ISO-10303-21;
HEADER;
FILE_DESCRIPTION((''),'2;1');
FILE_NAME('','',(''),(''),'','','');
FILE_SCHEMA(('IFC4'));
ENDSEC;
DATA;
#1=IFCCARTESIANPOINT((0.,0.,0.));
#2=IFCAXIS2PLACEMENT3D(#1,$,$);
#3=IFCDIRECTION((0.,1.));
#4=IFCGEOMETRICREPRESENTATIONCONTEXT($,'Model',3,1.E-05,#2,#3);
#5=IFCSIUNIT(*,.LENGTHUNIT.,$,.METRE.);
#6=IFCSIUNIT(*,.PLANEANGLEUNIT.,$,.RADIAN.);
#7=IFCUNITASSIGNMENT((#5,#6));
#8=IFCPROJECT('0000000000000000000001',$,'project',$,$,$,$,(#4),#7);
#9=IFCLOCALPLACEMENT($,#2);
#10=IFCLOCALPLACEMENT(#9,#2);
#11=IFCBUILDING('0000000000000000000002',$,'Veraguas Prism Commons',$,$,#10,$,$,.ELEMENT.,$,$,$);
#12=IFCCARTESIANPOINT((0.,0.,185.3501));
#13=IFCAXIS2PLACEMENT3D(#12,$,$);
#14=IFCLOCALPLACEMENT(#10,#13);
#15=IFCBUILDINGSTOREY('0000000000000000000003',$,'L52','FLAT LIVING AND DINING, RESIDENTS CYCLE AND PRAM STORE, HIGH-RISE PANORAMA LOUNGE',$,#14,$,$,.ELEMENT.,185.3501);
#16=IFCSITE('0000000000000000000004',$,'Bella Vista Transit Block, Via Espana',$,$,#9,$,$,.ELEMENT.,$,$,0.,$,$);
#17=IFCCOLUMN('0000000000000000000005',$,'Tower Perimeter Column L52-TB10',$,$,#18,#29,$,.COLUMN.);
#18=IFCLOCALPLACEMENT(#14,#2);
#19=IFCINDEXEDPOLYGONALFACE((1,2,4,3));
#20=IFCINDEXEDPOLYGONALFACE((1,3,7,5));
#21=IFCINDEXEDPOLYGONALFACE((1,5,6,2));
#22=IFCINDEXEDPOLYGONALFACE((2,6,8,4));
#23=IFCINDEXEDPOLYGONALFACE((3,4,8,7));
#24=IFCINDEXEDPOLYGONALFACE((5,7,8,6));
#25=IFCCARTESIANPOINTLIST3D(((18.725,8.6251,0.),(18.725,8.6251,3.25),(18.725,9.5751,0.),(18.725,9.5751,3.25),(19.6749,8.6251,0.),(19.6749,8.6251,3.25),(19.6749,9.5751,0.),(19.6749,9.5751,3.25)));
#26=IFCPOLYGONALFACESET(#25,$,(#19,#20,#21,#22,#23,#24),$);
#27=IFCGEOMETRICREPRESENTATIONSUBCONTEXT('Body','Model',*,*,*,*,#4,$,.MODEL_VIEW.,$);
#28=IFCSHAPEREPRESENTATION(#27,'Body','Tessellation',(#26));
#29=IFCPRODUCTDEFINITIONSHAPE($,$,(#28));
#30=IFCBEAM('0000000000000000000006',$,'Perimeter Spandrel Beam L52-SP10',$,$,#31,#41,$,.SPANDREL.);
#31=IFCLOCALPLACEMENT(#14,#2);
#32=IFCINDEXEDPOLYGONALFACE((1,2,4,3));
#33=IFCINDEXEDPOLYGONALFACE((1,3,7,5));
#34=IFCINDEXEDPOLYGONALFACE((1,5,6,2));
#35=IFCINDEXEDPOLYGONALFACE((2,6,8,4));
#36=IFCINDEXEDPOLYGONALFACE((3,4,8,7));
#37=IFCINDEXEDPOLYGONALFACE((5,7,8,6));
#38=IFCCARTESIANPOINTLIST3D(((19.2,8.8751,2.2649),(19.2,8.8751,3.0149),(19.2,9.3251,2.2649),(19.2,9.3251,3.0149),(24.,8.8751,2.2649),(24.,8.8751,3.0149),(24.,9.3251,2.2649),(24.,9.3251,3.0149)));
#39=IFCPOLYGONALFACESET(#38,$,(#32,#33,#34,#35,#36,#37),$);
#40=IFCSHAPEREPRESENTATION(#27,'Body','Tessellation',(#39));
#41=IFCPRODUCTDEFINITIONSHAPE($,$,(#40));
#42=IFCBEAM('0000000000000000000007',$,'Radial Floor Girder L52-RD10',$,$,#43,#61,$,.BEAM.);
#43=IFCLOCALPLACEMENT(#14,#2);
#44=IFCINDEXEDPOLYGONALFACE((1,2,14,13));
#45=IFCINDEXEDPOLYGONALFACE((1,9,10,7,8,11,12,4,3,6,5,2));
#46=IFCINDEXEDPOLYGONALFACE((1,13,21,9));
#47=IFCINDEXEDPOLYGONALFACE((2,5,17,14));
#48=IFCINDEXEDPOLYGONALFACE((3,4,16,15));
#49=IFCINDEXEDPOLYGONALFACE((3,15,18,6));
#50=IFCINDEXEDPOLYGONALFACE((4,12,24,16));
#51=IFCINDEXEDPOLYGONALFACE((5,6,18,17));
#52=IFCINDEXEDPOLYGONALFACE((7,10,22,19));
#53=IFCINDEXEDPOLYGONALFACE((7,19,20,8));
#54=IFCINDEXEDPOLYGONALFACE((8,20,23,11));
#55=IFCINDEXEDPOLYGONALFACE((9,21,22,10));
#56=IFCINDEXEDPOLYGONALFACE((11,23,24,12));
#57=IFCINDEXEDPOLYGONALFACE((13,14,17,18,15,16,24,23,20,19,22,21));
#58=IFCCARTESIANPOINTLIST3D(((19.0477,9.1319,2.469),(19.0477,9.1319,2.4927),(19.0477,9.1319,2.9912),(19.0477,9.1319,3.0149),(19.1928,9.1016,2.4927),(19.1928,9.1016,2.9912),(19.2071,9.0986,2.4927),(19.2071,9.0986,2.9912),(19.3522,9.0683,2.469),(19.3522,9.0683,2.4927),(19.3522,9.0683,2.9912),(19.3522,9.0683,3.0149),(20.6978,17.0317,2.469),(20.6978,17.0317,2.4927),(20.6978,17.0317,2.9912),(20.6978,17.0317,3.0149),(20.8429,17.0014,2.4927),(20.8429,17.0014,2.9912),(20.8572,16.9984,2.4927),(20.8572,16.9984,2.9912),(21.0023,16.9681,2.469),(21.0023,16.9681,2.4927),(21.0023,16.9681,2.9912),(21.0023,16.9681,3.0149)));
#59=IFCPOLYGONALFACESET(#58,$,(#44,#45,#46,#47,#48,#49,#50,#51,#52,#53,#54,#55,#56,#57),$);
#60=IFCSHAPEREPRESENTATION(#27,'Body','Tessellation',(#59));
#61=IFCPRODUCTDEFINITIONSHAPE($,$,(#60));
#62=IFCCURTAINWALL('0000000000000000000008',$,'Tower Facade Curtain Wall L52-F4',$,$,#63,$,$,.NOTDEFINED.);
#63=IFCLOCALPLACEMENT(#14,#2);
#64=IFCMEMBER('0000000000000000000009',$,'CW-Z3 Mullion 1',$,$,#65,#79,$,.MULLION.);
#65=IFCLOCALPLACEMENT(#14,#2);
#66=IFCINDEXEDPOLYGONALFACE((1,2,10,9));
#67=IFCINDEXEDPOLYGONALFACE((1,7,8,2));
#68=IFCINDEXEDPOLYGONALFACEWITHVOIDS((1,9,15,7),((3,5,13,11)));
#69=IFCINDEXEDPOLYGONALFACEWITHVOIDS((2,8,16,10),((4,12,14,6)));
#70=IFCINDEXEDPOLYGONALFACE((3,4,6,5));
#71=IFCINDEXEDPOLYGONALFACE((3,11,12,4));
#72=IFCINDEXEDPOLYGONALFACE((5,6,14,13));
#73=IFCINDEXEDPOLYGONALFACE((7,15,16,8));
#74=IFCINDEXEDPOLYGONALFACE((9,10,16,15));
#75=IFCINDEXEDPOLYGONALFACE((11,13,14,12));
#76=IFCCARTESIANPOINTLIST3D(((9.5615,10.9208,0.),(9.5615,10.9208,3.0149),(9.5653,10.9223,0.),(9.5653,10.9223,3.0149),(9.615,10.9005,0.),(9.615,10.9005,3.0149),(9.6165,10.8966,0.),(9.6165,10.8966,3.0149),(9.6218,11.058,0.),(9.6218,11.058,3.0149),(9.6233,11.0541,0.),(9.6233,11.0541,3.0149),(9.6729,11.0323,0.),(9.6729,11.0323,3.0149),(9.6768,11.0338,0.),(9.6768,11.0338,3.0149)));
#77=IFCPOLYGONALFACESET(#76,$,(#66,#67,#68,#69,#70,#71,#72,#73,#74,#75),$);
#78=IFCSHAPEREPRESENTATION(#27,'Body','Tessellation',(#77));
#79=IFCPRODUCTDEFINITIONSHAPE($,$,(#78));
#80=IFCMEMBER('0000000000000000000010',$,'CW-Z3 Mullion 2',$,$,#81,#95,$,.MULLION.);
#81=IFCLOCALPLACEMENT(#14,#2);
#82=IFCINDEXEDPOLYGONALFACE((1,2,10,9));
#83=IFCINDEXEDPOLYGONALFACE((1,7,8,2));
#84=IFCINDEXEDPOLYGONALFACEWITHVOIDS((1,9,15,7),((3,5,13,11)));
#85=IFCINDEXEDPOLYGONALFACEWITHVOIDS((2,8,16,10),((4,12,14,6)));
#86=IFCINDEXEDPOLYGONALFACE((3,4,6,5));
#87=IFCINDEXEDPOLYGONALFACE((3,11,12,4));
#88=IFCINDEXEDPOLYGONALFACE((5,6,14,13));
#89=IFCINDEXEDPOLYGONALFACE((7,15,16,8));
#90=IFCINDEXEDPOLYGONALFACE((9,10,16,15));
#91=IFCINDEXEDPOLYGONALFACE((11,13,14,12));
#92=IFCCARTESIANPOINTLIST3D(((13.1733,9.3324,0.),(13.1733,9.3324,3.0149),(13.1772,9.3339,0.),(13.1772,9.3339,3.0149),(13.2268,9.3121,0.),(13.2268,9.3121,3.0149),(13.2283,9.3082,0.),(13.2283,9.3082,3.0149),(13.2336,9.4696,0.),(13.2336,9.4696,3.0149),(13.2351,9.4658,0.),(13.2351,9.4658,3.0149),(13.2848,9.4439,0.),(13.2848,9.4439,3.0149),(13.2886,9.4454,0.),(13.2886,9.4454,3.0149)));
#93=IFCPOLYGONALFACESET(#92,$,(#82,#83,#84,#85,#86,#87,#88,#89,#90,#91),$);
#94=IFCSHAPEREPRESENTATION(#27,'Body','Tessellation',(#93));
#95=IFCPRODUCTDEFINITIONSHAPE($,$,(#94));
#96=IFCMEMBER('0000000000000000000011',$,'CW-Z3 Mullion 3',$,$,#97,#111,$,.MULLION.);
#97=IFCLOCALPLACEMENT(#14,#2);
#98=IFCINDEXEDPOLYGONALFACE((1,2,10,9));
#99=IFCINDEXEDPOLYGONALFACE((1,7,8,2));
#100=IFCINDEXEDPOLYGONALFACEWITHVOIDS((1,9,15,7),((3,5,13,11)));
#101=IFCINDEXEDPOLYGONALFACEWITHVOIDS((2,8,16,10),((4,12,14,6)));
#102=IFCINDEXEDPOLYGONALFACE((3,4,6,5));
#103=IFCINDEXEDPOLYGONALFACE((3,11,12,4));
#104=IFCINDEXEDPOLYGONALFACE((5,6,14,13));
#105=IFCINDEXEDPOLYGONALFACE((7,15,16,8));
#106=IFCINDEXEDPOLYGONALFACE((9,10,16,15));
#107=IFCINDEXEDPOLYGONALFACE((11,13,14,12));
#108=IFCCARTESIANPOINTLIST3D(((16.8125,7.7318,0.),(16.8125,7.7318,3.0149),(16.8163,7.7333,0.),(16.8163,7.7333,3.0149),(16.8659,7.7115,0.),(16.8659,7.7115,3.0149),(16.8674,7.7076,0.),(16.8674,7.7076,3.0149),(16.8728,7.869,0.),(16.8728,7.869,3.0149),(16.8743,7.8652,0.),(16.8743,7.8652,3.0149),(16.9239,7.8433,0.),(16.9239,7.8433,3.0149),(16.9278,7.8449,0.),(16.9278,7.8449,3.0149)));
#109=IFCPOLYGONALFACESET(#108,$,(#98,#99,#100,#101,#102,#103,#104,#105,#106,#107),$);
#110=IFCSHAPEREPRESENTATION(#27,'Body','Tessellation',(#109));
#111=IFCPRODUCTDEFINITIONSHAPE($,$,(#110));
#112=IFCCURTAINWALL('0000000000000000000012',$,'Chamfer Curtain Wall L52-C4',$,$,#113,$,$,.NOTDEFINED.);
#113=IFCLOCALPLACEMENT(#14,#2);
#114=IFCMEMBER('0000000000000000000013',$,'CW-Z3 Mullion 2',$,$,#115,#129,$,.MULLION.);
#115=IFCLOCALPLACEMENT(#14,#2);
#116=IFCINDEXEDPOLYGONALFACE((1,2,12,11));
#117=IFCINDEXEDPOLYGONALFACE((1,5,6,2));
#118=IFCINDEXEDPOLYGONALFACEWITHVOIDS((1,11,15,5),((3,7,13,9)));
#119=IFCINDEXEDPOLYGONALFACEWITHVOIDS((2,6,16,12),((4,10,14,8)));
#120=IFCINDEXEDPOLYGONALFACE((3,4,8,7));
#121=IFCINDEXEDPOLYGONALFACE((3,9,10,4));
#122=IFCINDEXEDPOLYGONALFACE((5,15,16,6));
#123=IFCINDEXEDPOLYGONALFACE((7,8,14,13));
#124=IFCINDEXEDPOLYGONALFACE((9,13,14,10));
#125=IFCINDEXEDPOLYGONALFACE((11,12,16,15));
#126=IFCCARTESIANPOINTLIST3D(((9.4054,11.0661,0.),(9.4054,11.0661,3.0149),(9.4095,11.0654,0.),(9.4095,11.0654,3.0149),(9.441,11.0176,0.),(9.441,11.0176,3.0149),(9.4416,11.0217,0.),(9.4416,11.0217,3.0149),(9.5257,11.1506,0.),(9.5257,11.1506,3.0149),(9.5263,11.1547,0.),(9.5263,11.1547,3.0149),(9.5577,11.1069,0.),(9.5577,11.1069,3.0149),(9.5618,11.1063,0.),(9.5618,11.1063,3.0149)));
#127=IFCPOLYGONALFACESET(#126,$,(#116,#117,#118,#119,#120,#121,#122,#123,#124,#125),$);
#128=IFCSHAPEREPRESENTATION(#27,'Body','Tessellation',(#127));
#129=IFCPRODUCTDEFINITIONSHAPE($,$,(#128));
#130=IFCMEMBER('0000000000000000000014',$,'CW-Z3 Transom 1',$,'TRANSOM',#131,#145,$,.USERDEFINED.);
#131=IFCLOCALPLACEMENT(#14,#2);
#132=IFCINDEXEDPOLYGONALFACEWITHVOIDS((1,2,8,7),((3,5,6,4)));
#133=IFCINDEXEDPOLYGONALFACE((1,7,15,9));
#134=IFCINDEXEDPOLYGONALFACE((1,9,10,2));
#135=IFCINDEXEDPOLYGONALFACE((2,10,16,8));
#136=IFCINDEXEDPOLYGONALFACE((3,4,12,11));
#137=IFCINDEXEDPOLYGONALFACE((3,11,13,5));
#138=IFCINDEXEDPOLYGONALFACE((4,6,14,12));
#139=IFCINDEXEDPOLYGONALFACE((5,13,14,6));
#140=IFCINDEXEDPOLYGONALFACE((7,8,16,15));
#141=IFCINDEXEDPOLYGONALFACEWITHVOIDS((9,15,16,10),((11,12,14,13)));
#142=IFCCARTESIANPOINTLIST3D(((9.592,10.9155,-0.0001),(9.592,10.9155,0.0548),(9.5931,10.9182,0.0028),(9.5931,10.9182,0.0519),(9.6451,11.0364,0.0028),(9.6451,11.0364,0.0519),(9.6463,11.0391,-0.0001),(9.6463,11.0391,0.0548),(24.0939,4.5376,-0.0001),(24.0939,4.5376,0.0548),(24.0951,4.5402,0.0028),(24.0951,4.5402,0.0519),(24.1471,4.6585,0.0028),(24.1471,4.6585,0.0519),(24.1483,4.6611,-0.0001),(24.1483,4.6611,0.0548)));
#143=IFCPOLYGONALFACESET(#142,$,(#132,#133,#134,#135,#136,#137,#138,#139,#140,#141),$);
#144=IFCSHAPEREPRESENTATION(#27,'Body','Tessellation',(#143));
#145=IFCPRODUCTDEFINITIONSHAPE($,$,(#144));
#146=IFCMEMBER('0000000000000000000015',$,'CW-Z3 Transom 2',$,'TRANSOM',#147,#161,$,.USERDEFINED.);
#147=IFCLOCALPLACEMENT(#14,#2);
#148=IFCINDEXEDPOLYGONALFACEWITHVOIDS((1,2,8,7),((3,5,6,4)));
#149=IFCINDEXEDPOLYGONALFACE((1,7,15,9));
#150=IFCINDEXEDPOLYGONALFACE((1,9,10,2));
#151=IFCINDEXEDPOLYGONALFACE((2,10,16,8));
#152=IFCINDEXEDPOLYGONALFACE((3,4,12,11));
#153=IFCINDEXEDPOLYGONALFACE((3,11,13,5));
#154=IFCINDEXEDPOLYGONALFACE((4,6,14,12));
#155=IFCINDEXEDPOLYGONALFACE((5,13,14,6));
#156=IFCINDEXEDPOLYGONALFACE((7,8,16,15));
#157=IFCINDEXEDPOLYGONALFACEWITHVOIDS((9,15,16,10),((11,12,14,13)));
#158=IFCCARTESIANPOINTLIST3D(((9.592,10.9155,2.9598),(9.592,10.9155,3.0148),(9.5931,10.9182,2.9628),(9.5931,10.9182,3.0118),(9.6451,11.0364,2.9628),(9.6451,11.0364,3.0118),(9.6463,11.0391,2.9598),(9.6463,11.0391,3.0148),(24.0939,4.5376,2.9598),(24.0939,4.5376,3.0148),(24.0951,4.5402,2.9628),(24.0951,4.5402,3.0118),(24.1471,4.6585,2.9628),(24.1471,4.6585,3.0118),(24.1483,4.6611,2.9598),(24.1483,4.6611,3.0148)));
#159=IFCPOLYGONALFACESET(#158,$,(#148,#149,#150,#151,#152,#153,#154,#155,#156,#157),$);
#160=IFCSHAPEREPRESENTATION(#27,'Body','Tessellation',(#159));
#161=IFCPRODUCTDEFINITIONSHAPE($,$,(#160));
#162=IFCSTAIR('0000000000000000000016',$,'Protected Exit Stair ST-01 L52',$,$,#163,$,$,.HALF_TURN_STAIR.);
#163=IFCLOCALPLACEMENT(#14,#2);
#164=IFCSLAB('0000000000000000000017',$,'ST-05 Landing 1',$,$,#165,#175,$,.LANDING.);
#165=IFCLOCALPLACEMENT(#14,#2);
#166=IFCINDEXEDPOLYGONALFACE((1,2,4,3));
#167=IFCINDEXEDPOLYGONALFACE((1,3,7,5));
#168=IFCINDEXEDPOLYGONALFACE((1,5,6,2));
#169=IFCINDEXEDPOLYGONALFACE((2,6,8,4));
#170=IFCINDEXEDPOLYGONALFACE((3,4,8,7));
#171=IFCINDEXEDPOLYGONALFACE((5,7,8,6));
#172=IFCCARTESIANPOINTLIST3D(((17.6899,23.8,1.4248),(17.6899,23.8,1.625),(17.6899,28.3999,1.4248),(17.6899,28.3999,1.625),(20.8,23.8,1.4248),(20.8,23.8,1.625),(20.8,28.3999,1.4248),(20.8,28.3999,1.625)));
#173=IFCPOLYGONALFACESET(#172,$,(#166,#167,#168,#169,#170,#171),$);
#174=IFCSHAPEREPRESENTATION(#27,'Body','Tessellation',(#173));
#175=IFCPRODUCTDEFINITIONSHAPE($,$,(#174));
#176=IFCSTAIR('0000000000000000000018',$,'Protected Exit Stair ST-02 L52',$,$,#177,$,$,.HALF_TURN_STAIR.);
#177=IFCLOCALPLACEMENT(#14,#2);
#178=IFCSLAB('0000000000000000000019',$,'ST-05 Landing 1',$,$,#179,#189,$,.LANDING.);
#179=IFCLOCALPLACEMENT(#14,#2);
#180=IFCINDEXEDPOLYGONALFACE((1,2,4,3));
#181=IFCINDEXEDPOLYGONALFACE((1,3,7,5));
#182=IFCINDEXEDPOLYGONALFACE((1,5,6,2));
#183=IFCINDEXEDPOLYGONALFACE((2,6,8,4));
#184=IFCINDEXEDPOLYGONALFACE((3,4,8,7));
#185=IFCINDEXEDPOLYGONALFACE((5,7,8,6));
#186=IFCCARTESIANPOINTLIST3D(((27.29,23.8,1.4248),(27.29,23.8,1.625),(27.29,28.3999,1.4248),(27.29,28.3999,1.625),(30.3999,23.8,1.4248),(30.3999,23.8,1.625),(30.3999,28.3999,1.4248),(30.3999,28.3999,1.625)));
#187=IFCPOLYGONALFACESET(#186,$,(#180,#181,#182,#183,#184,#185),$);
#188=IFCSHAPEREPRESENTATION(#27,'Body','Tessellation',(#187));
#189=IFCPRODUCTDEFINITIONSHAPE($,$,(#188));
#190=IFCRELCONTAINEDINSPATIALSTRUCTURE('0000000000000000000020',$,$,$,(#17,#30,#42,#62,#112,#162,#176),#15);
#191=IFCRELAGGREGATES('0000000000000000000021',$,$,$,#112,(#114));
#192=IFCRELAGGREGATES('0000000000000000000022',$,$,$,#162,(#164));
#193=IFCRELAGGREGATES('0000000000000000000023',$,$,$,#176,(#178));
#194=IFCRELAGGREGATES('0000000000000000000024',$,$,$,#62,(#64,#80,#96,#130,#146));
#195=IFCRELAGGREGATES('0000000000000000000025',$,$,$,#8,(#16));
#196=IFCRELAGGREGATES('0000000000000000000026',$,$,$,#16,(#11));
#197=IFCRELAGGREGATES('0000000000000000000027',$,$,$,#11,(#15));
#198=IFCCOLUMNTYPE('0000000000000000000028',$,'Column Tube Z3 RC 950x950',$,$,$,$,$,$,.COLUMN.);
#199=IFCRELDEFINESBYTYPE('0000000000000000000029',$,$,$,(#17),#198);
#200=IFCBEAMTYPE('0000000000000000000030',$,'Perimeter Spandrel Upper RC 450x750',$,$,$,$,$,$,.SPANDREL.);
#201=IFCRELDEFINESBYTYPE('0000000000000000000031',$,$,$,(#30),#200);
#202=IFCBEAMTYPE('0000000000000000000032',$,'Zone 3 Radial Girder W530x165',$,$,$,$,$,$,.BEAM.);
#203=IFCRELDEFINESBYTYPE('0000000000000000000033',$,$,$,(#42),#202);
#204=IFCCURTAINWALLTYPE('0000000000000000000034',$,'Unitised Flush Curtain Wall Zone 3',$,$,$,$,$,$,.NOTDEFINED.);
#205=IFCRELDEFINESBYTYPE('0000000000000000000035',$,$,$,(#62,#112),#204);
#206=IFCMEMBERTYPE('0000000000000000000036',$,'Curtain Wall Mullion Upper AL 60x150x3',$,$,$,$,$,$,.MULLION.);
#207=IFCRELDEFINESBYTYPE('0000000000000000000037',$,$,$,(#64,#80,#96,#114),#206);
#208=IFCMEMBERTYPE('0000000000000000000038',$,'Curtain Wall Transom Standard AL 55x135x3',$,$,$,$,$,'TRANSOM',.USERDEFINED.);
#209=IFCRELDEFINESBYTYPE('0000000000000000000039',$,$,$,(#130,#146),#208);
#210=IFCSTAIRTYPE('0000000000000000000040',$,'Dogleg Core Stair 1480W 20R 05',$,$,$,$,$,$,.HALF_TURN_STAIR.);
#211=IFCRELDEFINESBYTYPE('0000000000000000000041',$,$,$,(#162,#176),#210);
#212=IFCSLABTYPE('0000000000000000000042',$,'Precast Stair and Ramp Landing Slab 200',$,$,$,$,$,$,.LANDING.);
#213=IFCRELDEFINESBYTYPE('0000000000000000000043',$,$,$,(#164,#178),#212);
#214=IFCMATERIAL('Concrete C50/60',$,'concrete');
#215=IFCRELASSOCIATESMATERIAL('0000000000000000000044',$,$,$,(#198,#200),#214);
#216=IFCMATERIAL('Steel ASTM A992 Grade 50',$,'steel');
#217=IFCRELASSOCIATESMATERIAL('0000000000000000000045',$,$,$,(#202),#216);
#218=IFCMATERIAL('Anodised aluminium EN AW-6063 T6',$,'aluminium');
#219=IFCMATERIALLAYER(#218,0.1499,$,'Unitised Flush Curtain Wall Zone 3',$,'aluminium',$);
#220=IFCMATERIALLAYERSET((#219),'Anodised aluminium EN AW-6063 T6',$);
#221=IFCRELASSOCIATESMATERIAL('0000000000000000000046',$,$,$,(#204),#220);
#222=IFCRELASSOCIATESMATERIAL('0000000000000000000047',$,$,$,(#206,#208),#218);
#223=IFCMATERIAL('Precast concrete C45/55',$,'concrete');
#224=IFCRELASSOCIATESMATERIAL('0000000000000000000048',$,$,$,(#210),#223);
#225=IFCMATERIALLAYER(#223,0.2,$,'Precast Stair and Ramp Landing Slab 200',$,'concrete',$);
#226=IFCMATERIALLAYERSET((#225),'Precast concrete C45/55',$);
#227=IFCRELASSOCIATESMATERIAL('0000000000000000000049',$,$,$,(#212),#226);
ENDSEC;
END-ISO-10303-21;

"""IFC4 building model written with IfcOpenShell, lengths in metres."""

from ifc_helpers import new_model, si_unit, direction, frame, origin, origin_2d, place, context, subcontext, project, spatial, polyline, rectangle, hollow_rectangle, i_section, outline, extrude, source, transform, mapped, material, layer, layer_set, material_profile, profile_set, type_object, element, aggregate, save


model = new_model("IFC4")

# Units and contexts
model_context = context("Model", 3, precision=1e-05, world=origin(), true_north=direction((0.0, 1.0)))
body_context = subcontext(model_context, "Body", "Model", "MODEL_VIEW")
ifc_project = project(units=[si_unit("LENGTHUNIT", "METRE"), si_unit("PLANEANGLEUNIT", "RADIAN")], contexts=[model_context])

# Site, building, storey
site_placement = place(None, origin())
site = spatial("IfcSite", under=ifc_project, at=site_placement, Name="Bella Vista Transit Block, Via Espana", CompositionType="ELEMENT", RefElevation=0.0)
building_placement = place(site_placement, origin())
building = spatial("IfcBuilding", under=site, at=building_placement, Name="Veraguas Prism Commons", CompositionType="ELEMENT")
storey_placement = place(building_placement, frame((0.0, 0.0, 185.3501)))
storey = spatial("IfcBuildingStorey", under=building, at=storey_placement, Name="L52", Description="FLAT LIVING AND DINING, RESIDENTS CYCLE AND PRAM STORE, HIGH-RISE PANORAMA LOUNGE", CompositionType="ELEMENT", Elevation=185.3501)

# Column
ifc_material_1 = material(Name="Concrete C50/60", Category="concrete")
ifc_material_profile_1 = material_profile(ifc_material_1, rectangle(XDim=0.95, YDim=0.95, at=origin_2d()), Name="RC950X950")
ifc_profile_set_1 = profile_set([ifc_material_profile_1], Name="Concrete C50/60")
column_type = type_object("IfcColumnType", Name="Column Tube Z3 RC 950x950", PredefinedType="COLUMN", material=ifc_profile_set_1)
column_placement = place(storey_placement, frame((19.2, 9.1001, 0.0), z_axis=(0.0, 0.0, 1.0), x_axis=(1.0, 0.0, 0.0)))
element("IfcColumn", 1, at=column_placement, inside=storey, type_object=column_type, Name="Tower Perimeter Column L52-TB10", PredefinedType="COLUMN", context=body_context, shape_type="SweptSolid", body=[
    extrude(rectangle(XDim=0.95, YDim=0.95, at=origin_2d()), origin(), (0.0, 0.0, 1.0), 3.25),
])

# Beams
ifc_material_profile_2 = material_profile(ifc_material_1, rectangle(XDim=0.45, YDim=0.75, at=origin_2d()), Name="RC450X750")
ifc_profile_set_2 = profile_set([ifc_material_profile_2], Name="Concrete C50/60")
beam_type_1 = type_object("IfcBeamType", Name="Perimeter Spandrel Upper RC 450x750", PredefinedType="SPANDREL", material=ifc_profile_set_2)
beam_1_placement = place(storey_placement, frame((19.2, 9.1001, 2.6399), z_axis=(1.0, 0.0, 0.0), x_axis=(0.0, 1.0, 0.0)))
element("IfcBeam", 2, at=beam_1_placement, inside=storey, type_object=beam_type_1, Name="Perimeter Spandrel Beam L52-SP10", PredefinedType="SPANDREL", context=body_context, shape_type="SweptSolid", body=[
    extrude(rectangle(XDim=0.45, YDim=0.75, at=origin_2d()), origin(), (0.0, 0.0, 1.0), 4.8),
])
ifc_material_2 = material(Name="Steel ASTM A992 Grade 50", Category="steel")
ifc_material_profile_3 = material_profile(ifc_material_2, i_section(OverallWidth=0.311, OverallDepth=0.5459, WebThickness=0.0146, FlangeThickness=0.0237, at=origin_2d()), Name="W530X165")
ifc_profile_set_3 = profile_set([ifc_material_profile_3], Name="Steel ASTM A992 Grade 50")
beam_type_2 = type_object("IfcBeamType", Name="Zone 3 Radial Girder W530x165", PredefinedType="BEAM", material=ifc_profile_set_3)
beam_2_placement = place(storey_placement, frame((19.2, 9.1001, 2.7419), z_axis=(0.204469, 0.978873, 0.0), x_axis=(-0.978873, 0.204469, 0.0)))
element("IfcBeam", 3, at=beam_2_placement, inside=storey, type_object=beam_type_2, Name="Radial Floor Girder L52-RD10", PredefinedType="BEAM", context=body_context, shape_type="SweptSolid", body=[
    extrude(i_section(OverallWidth=0.311, OverallDepth=0.5459, WebThickness=0.0146, FlangeThickness=0.0237, at=origin_2d()), origin(), (0.0, 0.0, 1.0), 8.0703),
])

# Curtain wall, members
ifc_material_3 = material(Name="Anodised aluminium EN AW-6063 T6", Category="aluminium")
ifc_layer_1 = layer(ifc_material_3, 0.1499, Name="Unitised Flush Curtain Wall Zone 3", Category="aluminium")
ifc_layer_set_1 = layer_set([ifc_layer_1], Name="Anodised aluminium EN AW-6063 T6")
curtain_wall_type = type_object("IfcCurtainWallType", Name="Unitised Flush Curtain Wall Zone 3", PredefinedType="NOTDEFINED", material=ifc_layer_set_1)
curtain_wall_1_placement = place(storey_placement, origin())
curtain_wall_1 = element("IfcCurtainWall", 4, at=curtain_wall_1_placement, inside=storey, type_object=curtain_wall_type, Name="Tower Facade Curtain Wall L52-F4", PredefinedType="NOTDEFINED")
ifc_material_profile_4 = material_profile(ifc_material_3, hollow_rectangle(XDim=0.0601, YDim=0.1499, WallThickness=0.0029, at=origin_2d()), Name="AL60X150X3")
ifc_profile_set_4 = profile_set([ifc_material_profile_4], Name="Anodised aluminium EN AW-6063 T6")
member_type_1 = type_object("IfcMemberType", Name="Curtain Wall Mullion Upper AL 60x150x3", PredefinedType="MULLION", material=ifc_profile_set_4)
shared_shape_1 = source(origin(), body_context, "Body", "SweptSolid", [
    extrude(hollow_rectangle(XDim=0.0601, YDim=0.1499, WallThickness=0.0029, at=origin_2d()), origin(), (0.0, 0.0, 1.0), 3.0149),
])
member_1_placement = place(storey_placement, frame((9.6191, 10.9773, 0.0), z_axis=(0.0, 0.0, 1.0), x_axis=(0.915385, -0.402581, 0.0)))
member_1 = element("IfcMember", 5, at=member_1_placement, type_object=member_type_1, Name="CW-Z3 Mullion 1", PredefinedType="MULLION", context=body_context, shape_type="MappedRepresentation", body=[
    mapped(shared_shape_1, transform((0.0, 0.0, 0.0), scale=1.0)),
])
member_2_placement = place(storey_placement, frame((13.231, 9.3889, 0.0), z_axis=(0.0, 0.0, 1.0), x_axis=(0.915385, -0.402581, 0.0)))
member_2 = element("IfcMember", 6, at=member_2_placement, type_object=member_type_1, Name="CW-Z3 Mullion 2", PredefinedType="MULLION", context=body_context, shape_type="MappedRepresentation", body=[
    mapped(shared_shape_1, transform((0.0, 0.0, 0.0), scale=1.0)),
])
member_3_placement = place(storey_placement, frame((16.8701, 7.7883, 0.0), z_axis=(0.0, 0.0, 1.0), x_axis=(0.915385, -0.402581, 0.0)))
member_3 = element("IfcMember", 7, at=member_3_placement, type_object=member_type_1, Name="CW-Z3 Mullion 3", PredefinedType="MULLION", context=body_context, shape_type="MappedRepresentation", body=[
    mapped(shared_shape_1, transform((0.0, 0.0, 0.0), scale=1.0)),
])

# Curtain wall, member
curtain_wall_2_placement = place(storey_placement, origin())
curtain_wall_2 = element("IfcCurtainWall", 8, at=curtain_wall_2_placement, inside=storey, type_object=curtain_wall_type, Name="Chamfer Curtain Wall L52-C4", PredefinedType="NOTDEFINED")
member_4_placement = place(storey_placement, frame((9.4836, 11.0862, 0.0), z_axis=(0.0, 0.0, 1.0), x_axis=(0.591463, -0.806332, 0.0)))
member_4 = element("IfcMember", 9, at=member_4_placement, type_object=member_type_1, Name="CW-Z3 Mullion 2", PredefinedType="MULLION", context=body_context, shape_type="MappedRepresentation", body=[
    mapped(shared_shape_1, transform((0.0, 0.0, 0.0), scale=1.0)),
])
aggregate(curtain_wall_2, [member_4])

# Members
ifc_material_profile_5 = material_profile(ifc_material_3, hollow_rectangle(XDim=0.0549, YDim=0.135, WallThickness=0.0029, at=origin_2d()), Name="AL55X135X3")
ifc_profile_set_5 = profile_set([ifc_material_profile_5], Name="Anodised aluminium EN AW-6063 T6")
member_type_2 = type_object("IfcMemberType", Name="Curtain Wall Transom Standard AL 55x135x3", ElementType="TRANSOM", PredefinedType="USERDEFINED", material=ifc_profile_set_5)
shared_shape_2 = source(origin(), body_context, "Body", "SweptSolid", [
    extrude(hollow_rectangle(XDim=0.0549, YDim=0.135, WallThickness=0.0029, at=origin_2d()), origin(), (0.0, 0.0, 1.0), 15.8425),
])
member_5_placement = place(storey_placement, frame((9.6191, 10.9773, 0.0273), z_axis=(0.915383, -0.402584, 0.0), x_axis=(0.0, 0.0, 1.0)))
member_5 = element("IfcMember", 10, at=member_5_placement, type_object=member_type_2, Name="CW-Z3 Transom 1", ObjectType="TRANSOM", PredefinedType="USERDEFINED", context=body_context, shape_type="MappedRepresentation", body=[
    mapped(shared_shape_2, transform((0.0, 0.0, 0.0), scale=1.0)),
])
member_6_placement = place(storey_placement, frame((9.6191, 10.9773, 2.9873), z_axis=(0.915383, -0.402584, 0.0), x_axis=(0.0, 0.0, 1.0)))
member_6 = element("IfcMember", 11, at=member_6_placement, type_object=member_type_2, Name="CW-Z3 Transom 2", ObjectType="TRANSOM", PredefinedType="USERDEFINED", context=body_context, shape_type="MappedRepresentation", body=[
    mapped(shared_shape_2, transform((0.0, 0.0, 0.0), scale=1.0)),
])

# Stairs, slabs
ifc_material_4 = material(Name="Precast concrete C45/55", Category="concrete")
stair_type = type_object("IfcStairType", Name="Dogleg Core Stair 1480W 20R 05", PredefinedType="HALF_TURN_STAIR", material=ifc_material_4)
stair_1_placement = place(storey_placement, origin())
stair_1 = element("IfcStair", 12, at=stair_1_placement, inside=storey, type_object=stair_type, Name="Protected Exit Stair ST-01 L52", PredefinedType="HALF_TURN_STAIR")
ifc_layer_2 = layer(ifc_material_4, 0.2, Name="Precast Stair and Ramp Landing Slab 200", Category="concrete")
ifc_layer_set_2 = layer_set([ifc_layer_2], Name="Precast concrete C45/55")
slab_type_1 = type_object("IfcSlabType", Name="Precast Stair and Ramp Landing Slab 200", PredefinedType="LANDING", material=ifc_layer_set_2)
slab_1_placement = place(storey_placement, frame((0.0, 0.0, 1.4248)))
slab_1 = element("IfcSlab", 13, at=slab_1_placement, type_object=slab_type_1, Name="ST-05 Landing 1", PredefinedType="LANDING", context=body_context, shape_type="SweptSolid", body=[
    extrude(outline(polyline([(20.8, 23.8), (20.8, 28.3999), (17.6899, 28.3999), (17.6899, 23.8), (20.8, 23.8)])), origin(), (0.0, 0.0, 1.0), 0.2002),
])
aggregate(stair_1, [slab_1])
stair_2_placement = place(storey_placement, origin())
stair_2 = element("IfcStair", 14, at=stair_2_placement, inside=storey, type_object=stair_type, Name="Protected Exit Stair ST-02 L52", PredefinedType="HALF_TURN_STAIR")
slab_2_placement = place(storey_placement, frame((0.0, 0.0, 1.4248)))
slab_2 = element("IfcSlab", 15, at=slab_2_placement, type_object=slab_type_1, Name="ST-05 Landing 1", PredefinedType="LANDING", context=body_context, shape_type="SweptSolid", body=[
    extrude(outline(polyline([(30.3999, 23.8), (30.3999, 28.3999), (27.29, 28.3999), (27.29, 23.8), (30.3999, 23.8)])), origin(), (0.0, 0.0, 1.0), 0.2002),
])
aggregate(stair_2, [slab_2])

aggregate(curtain_wall_1, [member_1, member_2, member_3, member_5, member_6])

save(model, "model.ifc")
